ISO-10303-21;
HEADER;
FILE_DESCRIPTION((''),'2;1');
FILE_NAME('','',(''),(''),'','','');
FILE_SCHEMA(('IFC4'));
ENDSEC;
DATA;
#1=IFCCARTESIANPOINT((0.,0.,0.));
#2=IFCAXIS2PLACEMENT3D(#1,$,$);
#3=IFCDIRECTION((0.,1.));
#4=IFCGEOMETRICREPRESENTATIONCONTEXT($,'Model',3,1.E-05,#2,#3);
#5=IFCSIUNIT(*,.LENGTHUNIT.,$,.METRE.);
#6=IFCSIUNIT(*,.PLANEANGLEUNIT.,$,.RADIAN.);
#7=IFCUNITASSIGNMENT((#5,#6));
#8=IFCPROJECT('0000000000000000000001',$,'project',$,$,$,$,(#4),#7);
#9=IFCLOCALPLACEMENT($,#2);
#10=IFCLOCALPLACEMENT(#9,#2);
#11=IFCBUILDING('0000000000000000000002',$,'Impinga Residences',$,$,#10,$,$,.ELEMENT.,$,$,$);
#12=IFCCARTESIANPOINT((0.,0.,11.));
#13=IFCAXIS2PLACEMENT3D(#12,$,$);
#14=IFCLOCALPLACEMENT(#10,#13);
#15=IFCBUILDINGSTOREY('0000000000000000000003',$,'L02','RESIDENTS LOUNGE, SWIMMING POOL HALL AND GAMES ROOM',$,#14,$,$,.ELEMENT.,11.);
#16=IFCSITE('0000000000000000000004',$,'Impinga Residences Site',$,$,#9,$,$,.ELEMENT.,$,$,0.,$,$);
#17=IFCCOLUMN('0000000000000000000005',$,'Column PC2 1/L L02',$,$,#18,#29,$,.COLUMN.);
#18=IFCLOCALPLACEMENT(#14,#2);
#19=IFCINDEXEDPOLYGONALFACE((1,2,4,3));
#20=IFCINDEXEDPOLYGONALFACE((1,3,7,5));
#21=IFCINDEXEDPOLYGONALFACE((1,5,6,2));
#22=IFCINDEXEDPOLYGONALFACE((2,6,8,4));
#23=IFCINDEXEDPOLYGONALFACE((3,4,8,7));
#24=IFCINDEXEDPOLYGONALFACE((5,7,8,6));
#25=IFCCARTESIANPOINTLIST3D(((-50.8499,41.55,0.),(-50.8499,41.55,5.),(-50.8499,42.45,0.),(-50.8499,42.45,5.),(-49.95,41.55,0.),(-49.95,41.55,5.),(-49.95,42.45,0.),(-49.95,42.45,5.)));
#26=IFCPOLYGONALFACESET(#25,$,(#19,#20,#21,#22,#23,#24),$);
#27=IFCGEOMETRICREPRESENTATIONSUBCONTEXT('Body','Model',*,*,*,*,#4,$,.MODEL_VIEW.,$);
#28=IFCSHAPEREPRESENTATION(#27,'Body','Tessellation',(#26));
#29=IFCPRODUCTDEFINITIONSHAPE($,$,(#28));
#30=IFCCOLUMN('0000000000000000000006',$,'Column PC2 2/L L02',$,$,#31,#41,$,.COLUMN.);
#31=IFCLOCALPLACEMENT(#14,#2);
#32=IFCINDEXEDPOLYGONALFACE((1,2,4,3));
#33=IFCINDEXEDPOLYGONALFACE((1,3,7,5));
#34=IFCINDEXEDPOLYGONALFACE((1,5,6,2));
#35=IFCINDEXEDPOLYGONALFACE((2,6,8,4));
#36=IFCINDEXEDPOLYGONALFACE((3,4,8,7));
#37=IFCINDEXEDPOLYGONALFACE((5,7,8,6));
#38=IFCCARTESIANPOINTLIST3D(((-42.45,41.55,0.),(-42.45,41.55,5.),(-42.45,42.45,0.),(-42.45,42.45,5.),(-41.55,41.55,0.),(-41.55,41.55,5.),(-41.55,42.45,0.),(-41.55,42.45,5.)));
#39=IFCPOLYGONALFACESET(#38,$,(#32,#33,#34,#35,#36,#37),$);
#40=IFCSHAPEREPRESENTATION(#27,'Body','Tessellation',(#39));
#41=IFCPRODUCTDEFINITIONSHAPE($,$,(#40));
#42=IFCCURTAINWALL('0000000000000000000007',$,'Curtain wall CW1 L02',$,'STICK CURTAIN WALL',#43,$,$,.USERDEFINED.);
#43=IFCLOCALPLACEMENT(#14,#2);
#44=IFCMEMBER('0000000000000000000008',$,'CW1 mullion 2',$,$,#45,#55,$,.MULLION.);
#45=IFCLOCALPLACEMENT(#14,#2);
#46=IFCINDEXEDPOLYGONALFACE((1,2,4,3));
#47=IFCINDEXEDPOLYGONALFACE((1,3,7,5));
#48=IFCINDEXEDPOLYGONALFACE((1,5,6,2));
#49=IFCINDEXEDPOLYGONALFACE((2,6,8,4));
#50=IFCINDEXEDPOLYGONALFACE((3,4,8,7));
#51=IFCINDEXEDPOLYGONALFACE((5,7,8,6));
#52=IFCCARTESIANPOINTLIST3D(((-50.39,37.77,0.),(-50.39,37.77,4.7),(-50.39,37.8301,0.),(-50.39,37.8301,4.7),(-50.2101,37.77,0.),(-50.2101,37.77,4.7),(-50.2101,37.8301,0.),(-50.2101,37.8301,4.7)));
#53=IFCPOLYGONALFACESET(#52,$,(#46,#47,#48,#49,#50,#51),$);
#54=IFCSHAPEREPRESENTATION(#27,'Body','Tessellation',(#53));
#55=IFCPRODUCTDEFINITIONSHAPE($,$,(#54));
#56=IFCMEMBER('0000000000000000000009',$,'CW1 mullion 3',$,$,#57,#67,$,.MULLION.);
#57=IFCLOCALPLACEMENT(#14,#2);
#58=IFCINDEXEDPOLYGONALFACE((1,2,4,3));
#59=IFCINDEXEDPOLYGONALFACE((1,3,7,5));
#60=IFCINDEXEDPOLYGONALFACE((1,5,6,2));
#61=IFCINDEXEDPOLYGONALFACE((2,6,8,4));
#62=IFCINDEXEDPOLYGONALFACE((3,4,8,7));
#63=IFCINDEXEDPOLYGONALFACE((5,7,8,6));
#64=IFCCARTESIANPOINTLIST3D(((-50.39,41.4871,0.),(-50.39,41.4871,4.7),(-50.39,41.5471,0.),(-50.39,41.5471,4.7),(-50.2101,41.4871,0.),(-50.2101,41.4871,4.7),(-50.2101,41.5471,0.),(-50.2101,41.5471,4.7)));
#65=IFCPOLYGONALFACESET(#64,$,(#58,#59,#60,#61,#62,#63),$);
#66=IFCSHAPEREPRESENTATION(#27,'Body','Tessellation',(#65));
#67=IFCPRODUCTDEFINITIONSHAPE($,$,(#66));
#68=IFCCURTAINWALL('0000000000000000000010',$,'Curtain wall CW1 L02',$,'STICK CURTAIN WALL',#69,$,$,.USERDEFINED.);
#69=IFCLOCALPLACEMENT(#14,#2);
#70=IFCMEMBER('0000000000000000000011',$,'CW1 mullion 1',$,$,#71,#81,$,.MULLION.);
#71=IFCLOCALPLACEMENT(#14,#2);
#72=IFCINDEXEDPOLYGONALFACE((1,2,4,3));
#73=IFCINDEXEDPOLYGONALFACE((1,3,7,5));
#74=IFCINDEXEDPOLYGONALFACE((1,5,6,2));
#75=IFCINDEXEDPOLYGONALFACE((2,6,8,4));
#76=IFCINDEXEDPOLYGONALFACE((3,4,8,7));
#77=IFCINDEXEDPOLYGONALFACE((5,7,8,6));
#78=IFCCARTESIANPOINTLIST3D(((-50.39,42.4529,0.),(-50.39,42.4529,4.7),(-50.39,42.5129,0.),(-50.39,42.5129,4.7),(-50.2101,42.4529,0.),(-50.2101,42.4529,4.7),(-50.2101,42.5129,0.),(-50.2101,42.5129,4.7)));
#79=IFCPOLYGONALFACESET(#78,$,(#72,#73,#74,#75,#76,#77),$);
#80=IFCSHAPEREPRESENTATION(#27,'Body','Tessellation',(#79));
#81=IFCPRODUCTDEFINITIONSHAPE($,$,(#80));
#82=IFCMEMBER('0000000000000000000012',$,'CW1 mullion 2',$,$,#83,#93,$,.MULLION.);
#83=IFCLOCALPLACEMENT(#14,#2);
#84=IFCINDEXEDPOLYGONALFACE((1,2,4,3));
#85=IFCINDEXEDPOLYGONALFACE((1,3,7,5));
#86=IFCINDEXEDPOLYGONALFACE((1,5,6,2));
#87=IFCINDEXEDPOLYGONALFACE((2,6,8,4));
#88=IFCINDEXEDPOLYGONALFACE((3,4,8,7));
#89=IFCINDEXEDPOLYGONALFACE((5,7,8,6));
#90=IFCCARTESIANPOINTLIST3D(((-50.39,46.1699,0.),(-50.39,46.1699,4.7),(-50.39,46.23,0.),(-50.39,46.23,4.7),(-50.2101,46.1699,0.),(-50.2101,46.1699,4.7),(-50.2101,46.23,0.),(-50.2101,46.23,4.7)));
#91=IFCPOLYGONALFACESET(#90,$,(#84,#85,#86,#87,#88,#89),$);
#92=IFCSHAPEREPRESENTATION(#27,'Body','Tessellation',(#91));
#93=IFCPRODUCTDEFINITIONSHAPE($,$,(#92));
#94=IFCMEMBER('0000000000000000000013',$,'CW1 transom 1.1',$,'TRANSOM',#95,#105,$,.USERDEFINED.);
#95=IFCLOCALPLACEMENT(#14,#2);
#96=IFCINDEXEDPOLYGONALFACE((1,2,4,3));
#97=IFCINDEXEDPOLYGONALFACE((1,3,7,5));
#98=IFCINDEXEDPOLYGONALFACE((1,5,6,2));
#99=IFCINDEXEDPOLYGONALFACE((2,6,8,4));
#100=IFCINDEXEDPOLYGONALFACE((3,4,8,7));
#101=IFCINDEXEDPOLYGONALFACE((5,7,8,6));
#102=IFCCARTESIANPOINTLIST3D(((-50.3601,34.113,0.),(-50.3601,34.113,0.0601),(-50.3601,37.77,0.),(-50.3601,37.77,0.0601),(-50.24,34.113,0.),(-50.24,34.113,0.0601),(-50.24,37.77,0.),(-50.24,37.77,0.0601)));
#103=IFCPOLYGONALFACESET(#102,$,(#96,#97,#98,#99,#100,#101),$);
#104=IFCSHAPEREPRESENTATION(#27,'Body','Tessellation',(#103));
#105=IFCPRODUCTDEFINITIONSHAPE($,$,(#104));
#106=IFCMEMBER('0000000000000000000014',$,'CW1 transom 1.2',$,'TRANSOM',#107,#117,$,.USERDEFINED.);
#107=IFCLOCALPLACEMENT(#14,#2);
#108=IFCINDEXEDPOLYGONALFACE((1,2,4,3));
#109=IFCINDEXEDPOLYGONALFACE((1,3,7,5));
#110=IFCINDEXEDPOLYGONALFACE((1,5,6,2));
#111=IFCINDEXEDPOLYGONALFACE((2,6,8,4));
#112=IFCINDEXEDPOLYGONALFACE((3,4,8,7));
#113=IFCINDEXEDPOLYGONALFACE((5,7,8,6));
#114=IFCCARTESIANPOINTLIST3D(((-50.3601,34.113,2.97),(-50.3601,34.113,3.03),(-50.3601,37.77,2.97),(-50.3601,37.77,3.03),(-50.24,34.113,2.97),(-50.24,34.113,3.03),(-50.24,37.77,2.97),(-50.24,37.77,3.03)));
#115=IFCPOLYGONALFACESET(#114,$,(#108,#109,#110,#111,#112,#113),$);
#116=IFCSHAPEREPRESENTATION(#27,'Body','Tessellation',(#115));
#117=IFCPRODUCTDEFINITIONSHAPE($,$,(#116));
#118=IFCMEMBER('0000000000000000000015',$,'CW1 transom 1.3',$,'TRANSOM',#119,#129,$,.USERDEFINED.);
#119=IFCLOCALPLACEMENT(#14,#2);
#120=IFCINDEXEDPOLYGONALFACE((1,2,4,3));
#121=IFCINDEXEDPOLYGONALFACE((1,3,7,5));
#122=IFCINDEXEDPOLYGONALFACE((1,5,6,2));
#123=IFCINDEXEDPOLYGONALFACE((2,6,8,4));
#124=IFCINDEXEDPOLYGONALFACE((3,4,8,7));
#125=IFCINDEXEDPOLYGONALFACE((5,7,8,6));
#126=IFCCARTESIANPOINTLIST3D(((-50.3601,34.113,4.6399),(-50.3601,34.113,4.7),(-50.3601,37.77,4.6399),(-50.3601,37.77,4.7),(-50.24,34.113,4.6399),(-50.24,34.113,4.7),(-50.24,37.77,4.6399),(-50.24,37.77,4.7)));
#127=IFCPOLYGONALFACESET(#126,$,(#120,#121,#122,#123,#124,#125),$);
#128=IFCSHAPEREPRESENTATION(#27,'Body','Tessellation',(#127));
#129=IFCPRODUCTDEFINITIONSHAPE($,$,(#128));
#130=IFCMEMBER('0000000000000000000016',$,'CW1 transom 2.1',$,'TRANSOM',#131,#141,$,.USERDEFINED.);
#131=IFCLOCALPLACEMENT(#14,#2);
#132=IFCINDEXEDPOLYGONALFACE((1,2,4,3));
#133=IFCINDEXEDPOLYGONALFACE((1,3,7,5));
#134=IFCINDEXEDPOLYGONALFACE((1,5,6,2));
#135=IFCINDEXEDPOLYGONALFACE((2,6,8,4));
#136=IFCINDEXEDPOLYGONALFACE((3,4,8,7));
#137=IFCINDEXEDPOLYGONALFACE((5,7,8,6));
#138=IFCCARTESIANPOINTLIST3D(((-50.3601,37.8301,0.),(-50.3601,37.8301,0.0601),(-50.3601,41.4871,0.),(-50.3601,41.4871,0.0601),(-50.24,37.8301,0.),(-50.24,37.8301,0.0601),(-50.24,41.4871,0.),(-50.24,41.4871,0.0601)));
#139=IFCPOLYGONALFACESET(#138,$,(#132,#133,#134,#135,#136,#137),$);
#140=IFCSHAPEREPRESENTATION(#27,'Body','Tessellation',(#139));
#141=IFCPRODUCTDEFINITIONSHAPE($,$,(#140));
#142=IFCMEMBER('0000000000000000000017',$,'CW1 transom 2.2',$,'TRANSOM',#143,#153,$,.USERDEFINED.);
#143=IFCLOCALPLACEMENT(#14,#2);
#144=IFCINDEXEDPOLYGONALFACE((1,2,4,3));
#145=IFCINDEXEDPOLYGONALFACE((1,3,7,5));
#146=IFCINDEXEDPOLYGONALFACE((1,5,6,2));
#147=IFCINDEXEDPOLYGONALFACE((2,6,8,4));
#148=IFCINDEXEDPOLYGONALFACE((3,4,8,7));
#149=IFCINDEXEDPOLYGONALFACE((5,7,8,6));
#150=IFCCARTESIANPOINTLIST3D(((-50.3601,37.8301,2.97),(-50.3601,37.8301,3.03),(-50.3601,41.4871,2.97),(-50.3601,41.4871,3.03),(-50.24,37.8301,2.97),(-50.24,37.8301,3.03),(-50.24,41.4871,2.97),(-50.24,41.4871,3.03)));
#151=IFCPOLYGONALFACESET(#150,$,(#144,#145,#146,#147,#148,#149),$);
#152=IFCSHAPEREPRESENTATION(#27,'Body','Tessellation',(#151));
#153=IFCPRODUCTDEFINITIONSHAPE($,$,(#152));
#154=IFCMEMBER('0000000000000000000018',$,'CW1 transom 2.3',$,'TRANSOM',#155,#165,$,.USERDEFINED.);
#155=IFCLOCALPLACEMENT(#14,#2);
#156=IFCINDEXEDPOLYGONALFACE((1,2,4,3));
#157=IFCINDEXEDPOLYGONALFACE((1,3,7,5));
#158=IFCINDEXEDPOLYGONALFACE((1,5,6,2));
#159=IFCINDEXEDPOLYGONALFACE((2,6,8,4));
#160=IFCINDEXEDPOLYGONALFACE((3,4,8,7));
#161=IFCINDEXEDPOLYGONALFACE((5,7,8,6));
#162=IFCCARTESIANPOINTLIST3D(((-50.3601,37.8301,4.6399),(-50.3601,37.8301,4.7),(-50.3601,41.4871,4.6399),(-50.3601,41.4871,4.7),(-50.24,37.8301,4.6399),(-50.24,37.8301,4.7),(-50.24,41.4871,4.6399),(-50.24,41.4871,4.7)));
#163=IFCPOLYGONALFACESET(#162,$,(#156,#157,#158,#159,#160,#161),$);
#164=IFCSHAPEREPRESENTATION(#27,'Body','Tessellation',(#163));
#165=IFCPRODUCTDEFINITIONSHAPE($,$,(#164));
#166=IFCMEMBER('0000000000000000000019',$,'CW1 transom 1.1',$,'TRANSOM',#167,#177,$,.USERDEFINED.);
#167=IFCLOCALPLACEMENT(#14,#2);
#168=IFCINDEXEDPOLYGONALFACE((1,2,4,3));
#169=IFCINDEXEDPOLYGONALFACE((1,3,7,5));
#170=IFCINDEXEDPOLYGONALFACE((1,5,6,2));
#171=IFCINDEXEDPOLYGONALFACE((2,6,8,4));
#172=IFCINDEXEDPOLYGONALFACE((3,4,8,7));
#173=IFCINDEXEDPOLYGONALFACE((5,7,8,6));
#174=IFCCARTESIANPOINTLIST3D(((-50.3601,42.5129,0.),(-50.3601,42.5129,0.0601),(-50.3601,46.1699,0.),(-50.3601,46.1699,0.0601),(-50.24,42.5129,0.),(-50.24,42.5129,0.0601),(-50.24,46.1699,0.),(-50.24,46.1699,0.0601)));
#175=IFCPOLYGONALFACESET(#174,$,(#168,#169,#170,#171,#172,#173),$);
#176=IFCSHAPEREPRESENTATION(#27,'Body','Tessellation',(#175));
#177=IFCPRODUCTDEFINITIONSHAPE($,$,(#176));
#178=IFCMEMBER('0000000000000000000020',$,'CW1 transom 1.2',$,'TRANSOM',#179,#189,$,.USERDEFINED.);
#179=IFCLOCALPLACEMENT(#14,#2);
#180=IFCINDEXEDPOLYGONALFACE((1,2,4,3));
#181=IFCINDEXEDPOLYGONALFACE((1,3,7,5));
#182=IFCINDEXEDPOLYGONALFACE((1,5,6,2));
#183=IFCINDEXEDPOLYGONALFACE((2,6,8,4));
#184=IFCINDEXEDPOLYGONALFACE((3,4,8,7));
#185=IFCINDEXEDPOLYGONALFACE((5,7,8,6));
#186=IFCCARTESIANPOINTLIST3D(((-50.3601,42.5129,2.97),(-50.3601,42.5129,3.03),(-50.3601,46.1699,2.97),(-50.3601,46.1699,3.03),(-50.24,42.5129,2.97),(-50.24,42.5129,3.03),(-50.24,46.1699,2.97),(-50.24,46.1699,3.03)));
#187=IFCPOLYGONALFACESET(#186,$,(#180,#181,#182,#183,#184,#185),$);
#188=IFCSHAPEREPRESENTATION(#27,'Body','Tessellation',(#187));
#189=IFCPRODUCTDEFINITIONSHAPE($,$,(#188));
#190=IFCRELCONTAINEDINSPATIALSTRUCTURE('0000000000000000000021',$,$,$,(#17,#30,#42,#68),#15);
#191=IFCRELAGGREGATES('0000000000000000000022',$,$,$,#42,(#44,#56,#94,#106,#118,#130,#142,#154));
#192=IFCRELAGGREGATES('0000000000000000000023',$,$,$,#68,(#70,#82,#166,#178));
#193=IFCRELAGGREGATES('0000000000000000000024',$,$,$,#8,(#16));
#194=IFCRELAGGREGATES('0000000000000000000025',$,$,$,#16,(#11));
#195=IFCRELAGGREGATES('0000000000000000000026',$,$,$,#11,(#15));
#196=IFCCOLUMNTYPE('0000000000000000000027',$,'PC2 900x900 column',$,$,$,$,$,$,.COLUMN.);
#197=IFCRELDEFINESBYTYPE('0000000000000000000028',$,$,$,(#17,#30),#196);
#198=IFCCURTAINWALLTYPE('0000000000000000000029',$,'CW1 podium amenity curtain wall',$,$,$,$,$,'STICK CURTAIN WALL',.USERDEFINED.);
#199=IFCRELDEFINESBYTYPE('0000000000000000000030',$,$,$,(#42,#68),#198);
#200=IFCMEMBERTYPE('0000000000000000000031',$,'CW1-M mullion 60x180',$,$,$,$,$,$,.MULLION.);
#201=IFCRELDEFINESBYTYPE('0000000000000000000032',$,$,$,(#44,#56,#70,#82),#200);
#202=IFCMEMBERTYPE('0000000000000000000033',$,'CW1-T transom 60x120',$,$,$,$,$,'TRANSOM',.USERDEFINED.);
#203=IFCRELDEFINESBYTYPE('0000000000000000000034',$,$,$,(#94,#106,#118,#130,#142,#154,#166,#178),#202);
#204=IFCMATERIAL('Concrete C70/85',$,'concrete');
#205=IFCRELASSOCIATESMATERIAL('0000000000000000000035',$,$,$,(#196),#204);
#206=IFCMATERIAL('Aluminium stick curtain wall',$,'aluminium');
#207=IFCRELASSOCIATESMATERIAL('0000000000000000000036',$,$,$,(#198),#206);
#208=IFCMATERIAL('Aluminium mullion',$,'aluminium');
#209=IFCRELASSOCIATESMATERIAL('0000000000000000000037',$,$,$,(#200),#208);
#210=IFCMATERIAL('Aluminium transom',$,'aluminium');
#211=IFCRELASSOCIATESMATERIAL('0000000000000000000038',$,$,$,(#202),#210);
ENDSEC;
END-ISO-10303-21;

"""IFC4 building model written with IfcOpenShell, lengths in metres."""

from ifc_helpers import new_model, si_unit, direction, frame, origin, origin_2d, place, context, subcontext, project, spatial, rectangle, extrude, material, material_profile, profile_set, type_object, element, aggregate, save


model = new_model("IFC4")

# Units and contexts
model_context = context("Model", 3, precision=1e-05, world=origin(), true_north=direction((0.0, 1.0)))
body_context = subcontext(model_context, "Body", "Model", "MODEL_VIEW")
ifc_project = project(units=[si_unit("LENGTHUNIT", "METRE"), si_unit("PLANEANGLEUNIT", "RADIAN")], contexts=[model_context])

# Site, building, storey
site_placement = place(None, origin())
site = spatial("IfcSite", under=ifc_project, at=site_placement, Name="Impinga Residences Site", CompositionType="ELEMENT", RefElevation=0.0)
building_placement = place(site_placement, origin())
building = spatial("IfcBuilding", under=site, at=building_placement, Name="Impinga Residences", CompositionType="ELEMENT")
storey_placement = place(building_placement, frame((0.0, 0.0, 11.0)))
storey = spatial("IfcBuildingStorey", under=building, at=storey_placement, Name="L02", Description="RESIDENTS LOUNGE, SWIMMING POOL HALL AND GAMES ROOM", CompositionType="ELEMENT", Elevation=11.0)

# Columns
ifc_material_1 = material(Name="Concrete C70/85", Category="concrete")
ifc_material_profile_1 = material_profile(ifc_material_1, rectangle(XDim=0.8999, YDim=0.8999, at=origin_2d()), Name="RC 900x900")
ifc_profile_set_1 = profile_set([ifc_material_profile_1], Name="Concrete C70/85")
column_type = type_object("IfcColumnType", Name="PC2 900x900 column", PredefinedType="COLUMN", material=ifc_profile_set_1)
for number, where, z_axis, x_axis, name in (
    (1, (-50.3999, 42.0, 0.0), (0.0, 0.0, 1.0), (1.0, 0.0, 0.0), "Column PC2 1/L L02"),
    (2, (-42.0, 42.0, 0.0), (0.0, 0.0, 1.0), (1.0, 0.0, 0.0), "Column PC2 2/L L02"),
):
    element("IfcColumn", number, at=place(storey_placement, frame(where, z_axis=z_axis, x_axis=x_axis)), inside=storey, type_object=column_type, Name=name, PredefinedType="COLUMN", context=body_context, shape_type="SweptSolid", body=[
        extrude(rectangle(XDim=0.8999, YDim=0.8999, at=origin_2d()), origin(), (0.0, 0.0, 1.0), 5.0),
    ])

# Curtain walls, members
ifc_material_2 = material(Name="Aluminium stick curtain wall", Category="aluminium")
curtain_wall_type = type_object("IfcCurtainWallType", Name="CW1 podium amenity curtain wall", ElementType="STICK CURTAIN WALL", PredefinedType="USERDEFINED", material=ifc_material_2)
curtain_wall_1_placement = place(storey_placement, origin())
curtain_wall_1 = element("IfcCurtainWall", 3, at=curtain_wall_1_placement, inside=storey, type_object=curtain_wall_type, Name="Curtain wall CW1 L02", ObjectType="STICK CURTAIN WALL", PredefinedType="USERDEFINED")
ifc_material_3 = material(Name="Aluminium mullion", Category="aluminium")
ifc_material_profile_2 = material_profile(ifc_material_3, rectangle(XDim=0.0601, YDim=0.1799, at=origin_2d()), Name="60x180 mullion")
ifc_profile_set_2 = profile_set([ifc_material_profile_2], Name="Aluminium mullion")
member_type_1 = type_object("IfcMemberType", Name="CW1-M mullion 60x180", PredefinedType="MULLION", material=ifc_profile_set_2)
member_1_placement = place(storey_placement, frame((-50.3, 37.8, 0.0), z_axis=(0.0, 0.0, 1.0), x_axis=(0.0, 1.0, 0.0)))
member_1 = element("IfcMember", 4, at=member_1_placement, type_object=member_type_1, Name="CW1 mullion 2", PredefinedType="MULLION", context=body_context, shape_type="SweptSolid", body=[
    extrude(rectangle(XDim=0.0601, YDim=0.1799, at=origin_2d()), origin(), (0.0, 0.0, 1.0), 4.7),
])
member_2_placement = place(storey_placement, frame((-50.3, 41.5171, 0.0), z_axis=(0.0, 0.0, 1.0), x_axis=(0.0, 1.0, 0.0)))
member_2 = element("IfcMember", 5, at=member_2_placement, type_object=member_type_1, Name="CW1 mullion 3", PredefinedType="MULLION", context=body_context, shape_type="SweptSolid", body=[
    extrude(rectangle(XDim=0.0601, YDim=0.1799, at=origin_2d()), origin(), (0.0, 0.0, 1.0), 4.7),
])
curtain_wall_2_placement = place(storey_placement, origin())
curtain_wall_2 = element("IfcCurtainWall", 6, at=curtain_wall_2_placement, inside=storey, type_object=curtain_wall_type, Name="Curtain wall CW1 L02", ObjectType="STICK CURTAIN WALL", PredefinedType="USERDEFINED")
member_3_placement = place(storey_placement, frame((-50.3, 42.4829, 0.0), z_axis=(0.0, 0.0, 1.0), x_axis=(0.0, 1.0, 0.0)))
member_3 = element("IfcMember", 7, at=member_3_placement, type_object=member_type_1, Name="CW1 mullion 1", PredefinedType="MULLION", context=body_context, shape_type="SweptSolid", body=[
    extrude(rectangle(XDim=0.0601, YDim=0.1799, at=origin_2d()), origin(), (0.0, 0.0, 1.0), 4.7),
])
member_4_placement = place(storey_placement, frame((-50.3, 46.2, 0.0), z_axis=(0.0, 0.0, 1.0), x_axis=(0.0, 1.0, 0.0)))
member_4 = element("IfcMember", 8, at=member_4_placement, type_object=member_type_1, Name="CW1 mullion 2", PredefinedType="MULLION", context=body_context, shape_type="SweptSolid", body=[
    extrude(rectangle(XDim=0.0601, YDim=0.1799, at=origin_2d()), origin(), (0.0, 0.0, 1.0), 4.7),
])

# Members
ifc_material_4 = material(Name="Aluminium transom", Category="aluminium")
ifc_material_profile_3 = material_profile(ifc_material_4, rectangle(XDim=0.0601, YDim=0.1201, at=origin_2d()), Name="60x120 transom")
ifc_profile_set_3 = profile_set([ifc_material_profile_3], Name="Aluminium transom")
member_type_2 = type_object("IfcMemberType", Name="CW1-T transom 60x120", ElementType="TRANSOM", PredefinedType="USERDEFINED", material=ifc_profile_set_3)
member_5_placement = place(storey_placement, frame((-50.3, 34.113, 0.03), z_axis=(0.0, 1.0, 0.0), x_axis=(0.0, 0.0, 1.0)))
member_5 = element("IfcMember", 9, at=member_5_placement, type_object=member_type_2, Name="CW1 transom 1.1", ObjectType="TRANSOM", PredefinedType="USERDEFINED", context=body_context, shape_type="SweptSolid", body=[
    extrude(rectangle(XDim=0.0601, YDim=0.1201, at=origin_2d()), origin(), (0.0, 0.0, 1.0), 3.657),
])
member_6_placement = place(storey_placement, frame((-50.3, 34.113, 3.0), z_axis=(0.0, 1.0, 0.0), x_axis=(0.0, 0.0, 1.0)))
member_6 = element("IfcMember", 10, at=member_6_placement, type_object=member_type_2, Name="CW1 transom 1.2", ObjectType="TRANSOM", PredefinedType="USERDEFINED", context=body_context, shape_type="SweptSolid", body=[
    extrude(rectangle(XDim=0.0601, YDim=0.1201, at=origin_2d()), origin(), (0.0, 0.0, 1.0), 3.657),
])
member_7_placement = place(storey_placement, frame((-50.3, 34.113, 4.6699), z_axis=(0.0, 1.0, 0.0), x_axis=(0.0, 0.0, 1.0)))
member_7 = element("IfcMember", 11, at=member_7_placement, type_object=member_type_2, Name="CW1 transom 1.3", ObjectType="TRANSOM", PredefinedType="USERDEFINED", context=body_context, shape_type="SweptSolid", body=[
    extrude(rectangle(XDim=0.0601, YDim=0.1201, at=origin_2d()), origin(), (0.0, 0.0, 1.0), 3.657),
])
member_8_placement = place(storey_placement, frame((-50.3, 37.8301, 0.03), z_axis=(0.0, 1.0, 0.0), x_axis=(0.0, 0.0, 1.0)))
member_8 = element("IfcMember", 12, at=member_8_placement, type_object=member_type_2, Name="CW1 transom 2.1", ObjectType="TRANSOM", PredefinedType="USERDEFINED", context=body_context, shape_type="SweptSolid", body=[
    extrude(rectangle(XDim=0.0601, YDim=0.1201, at=origin_2d()), origin(), (0.0, 0.0, 1.0), 3.657),
])
member_9_placement = place(storey_placement, frame((-50.3, 37.8301, 3.0), z_axis=(0.0, 1.0, 0.0), x_axis=(0.0, 0.0, 1.0)))
member_9 = element("IfcMember", 13, at=member_9_placement, type_object=member_type_2, Name="CW1 transom 2.2", ObjectType="TRANSOM", PredefinedType="USERDEFINED", context=body_context, shape_type="SweptSolid", body=[
    extrude(rectangle(XDim=0.0601, YDim=0.1201, at=origin_2d()), origin(), (0.0, 0.0, 1.0), 3.657),
])
member_10_placement = place(storey_placement, frame((-50.3, 37.8301, 4.6699), z_axis=(0.0, 1.0, 0.0), x_axis=(0.0, 0.0, 1.0)))
member_10 = element("IfcMember", 14, at=member_10_placement, type_object=member_type_2, Name="CW1 transom 2.3", ObjectType="TRANSOM", PredefinedType="USERDEFINED", context=body_context, shape_type="SweptSolid", body=[
    extrude(rectangle(XDim=0.0601, YDim=0.1201, at=origin_2d()), origin(), (0.0, 0.0, 1.0), 3.657),
])
member_11_placement = place(storey_placement, frame((-50.3, 42.5129, 0.03), z_axis=(0.0, 1.0, 0.0), x_axis=(0.0, 0.0, 1.0)))
member_11 = element("IfcMember", 15, at=member_11_placement, type_object=member_type_2, Name="CW1 transom 1.1", ObjectType="TRANSOM", PredefinedType="USERDEFINED", context=body_context, shape_type="SweptSolid", body=[
    extrude(rectangle(XDim=0.0601, YDim=0.1201, at=origin_2d()), origin(), (0.0, 0.0, 1.0), 3.657),
])
member_12_placement = place(storey_placement, frame((-50.3, 42.5129, 3.0), z_axis=(0.0, 1.0, 0.0), x_axis=(0.0, 0.0, 1.0)))
member_12 = element("IfcMember", 16, at=member_12_placement, type_object=member_type_2, Name="CW1 transom 1.2", ObjectType="TRANSOM", PredefinedType="USERDEFINED", context=body_context, shape_type="SweptSolid", body=[
    extrude(rectangle(XDim=0.0601, YDim=0.1201, at=origin_2d()), origin(), (0.0, 0.0, 1.0), 3.657),
])

aggregate(curtain_wall_1, [member_1, member_2, member_5, member_6, member_7, member_8, member_9, member_10])
aggregate(curtain_wall_2, [member_3, member_4, member_11, member_12])

save(model, "model.ifc")
